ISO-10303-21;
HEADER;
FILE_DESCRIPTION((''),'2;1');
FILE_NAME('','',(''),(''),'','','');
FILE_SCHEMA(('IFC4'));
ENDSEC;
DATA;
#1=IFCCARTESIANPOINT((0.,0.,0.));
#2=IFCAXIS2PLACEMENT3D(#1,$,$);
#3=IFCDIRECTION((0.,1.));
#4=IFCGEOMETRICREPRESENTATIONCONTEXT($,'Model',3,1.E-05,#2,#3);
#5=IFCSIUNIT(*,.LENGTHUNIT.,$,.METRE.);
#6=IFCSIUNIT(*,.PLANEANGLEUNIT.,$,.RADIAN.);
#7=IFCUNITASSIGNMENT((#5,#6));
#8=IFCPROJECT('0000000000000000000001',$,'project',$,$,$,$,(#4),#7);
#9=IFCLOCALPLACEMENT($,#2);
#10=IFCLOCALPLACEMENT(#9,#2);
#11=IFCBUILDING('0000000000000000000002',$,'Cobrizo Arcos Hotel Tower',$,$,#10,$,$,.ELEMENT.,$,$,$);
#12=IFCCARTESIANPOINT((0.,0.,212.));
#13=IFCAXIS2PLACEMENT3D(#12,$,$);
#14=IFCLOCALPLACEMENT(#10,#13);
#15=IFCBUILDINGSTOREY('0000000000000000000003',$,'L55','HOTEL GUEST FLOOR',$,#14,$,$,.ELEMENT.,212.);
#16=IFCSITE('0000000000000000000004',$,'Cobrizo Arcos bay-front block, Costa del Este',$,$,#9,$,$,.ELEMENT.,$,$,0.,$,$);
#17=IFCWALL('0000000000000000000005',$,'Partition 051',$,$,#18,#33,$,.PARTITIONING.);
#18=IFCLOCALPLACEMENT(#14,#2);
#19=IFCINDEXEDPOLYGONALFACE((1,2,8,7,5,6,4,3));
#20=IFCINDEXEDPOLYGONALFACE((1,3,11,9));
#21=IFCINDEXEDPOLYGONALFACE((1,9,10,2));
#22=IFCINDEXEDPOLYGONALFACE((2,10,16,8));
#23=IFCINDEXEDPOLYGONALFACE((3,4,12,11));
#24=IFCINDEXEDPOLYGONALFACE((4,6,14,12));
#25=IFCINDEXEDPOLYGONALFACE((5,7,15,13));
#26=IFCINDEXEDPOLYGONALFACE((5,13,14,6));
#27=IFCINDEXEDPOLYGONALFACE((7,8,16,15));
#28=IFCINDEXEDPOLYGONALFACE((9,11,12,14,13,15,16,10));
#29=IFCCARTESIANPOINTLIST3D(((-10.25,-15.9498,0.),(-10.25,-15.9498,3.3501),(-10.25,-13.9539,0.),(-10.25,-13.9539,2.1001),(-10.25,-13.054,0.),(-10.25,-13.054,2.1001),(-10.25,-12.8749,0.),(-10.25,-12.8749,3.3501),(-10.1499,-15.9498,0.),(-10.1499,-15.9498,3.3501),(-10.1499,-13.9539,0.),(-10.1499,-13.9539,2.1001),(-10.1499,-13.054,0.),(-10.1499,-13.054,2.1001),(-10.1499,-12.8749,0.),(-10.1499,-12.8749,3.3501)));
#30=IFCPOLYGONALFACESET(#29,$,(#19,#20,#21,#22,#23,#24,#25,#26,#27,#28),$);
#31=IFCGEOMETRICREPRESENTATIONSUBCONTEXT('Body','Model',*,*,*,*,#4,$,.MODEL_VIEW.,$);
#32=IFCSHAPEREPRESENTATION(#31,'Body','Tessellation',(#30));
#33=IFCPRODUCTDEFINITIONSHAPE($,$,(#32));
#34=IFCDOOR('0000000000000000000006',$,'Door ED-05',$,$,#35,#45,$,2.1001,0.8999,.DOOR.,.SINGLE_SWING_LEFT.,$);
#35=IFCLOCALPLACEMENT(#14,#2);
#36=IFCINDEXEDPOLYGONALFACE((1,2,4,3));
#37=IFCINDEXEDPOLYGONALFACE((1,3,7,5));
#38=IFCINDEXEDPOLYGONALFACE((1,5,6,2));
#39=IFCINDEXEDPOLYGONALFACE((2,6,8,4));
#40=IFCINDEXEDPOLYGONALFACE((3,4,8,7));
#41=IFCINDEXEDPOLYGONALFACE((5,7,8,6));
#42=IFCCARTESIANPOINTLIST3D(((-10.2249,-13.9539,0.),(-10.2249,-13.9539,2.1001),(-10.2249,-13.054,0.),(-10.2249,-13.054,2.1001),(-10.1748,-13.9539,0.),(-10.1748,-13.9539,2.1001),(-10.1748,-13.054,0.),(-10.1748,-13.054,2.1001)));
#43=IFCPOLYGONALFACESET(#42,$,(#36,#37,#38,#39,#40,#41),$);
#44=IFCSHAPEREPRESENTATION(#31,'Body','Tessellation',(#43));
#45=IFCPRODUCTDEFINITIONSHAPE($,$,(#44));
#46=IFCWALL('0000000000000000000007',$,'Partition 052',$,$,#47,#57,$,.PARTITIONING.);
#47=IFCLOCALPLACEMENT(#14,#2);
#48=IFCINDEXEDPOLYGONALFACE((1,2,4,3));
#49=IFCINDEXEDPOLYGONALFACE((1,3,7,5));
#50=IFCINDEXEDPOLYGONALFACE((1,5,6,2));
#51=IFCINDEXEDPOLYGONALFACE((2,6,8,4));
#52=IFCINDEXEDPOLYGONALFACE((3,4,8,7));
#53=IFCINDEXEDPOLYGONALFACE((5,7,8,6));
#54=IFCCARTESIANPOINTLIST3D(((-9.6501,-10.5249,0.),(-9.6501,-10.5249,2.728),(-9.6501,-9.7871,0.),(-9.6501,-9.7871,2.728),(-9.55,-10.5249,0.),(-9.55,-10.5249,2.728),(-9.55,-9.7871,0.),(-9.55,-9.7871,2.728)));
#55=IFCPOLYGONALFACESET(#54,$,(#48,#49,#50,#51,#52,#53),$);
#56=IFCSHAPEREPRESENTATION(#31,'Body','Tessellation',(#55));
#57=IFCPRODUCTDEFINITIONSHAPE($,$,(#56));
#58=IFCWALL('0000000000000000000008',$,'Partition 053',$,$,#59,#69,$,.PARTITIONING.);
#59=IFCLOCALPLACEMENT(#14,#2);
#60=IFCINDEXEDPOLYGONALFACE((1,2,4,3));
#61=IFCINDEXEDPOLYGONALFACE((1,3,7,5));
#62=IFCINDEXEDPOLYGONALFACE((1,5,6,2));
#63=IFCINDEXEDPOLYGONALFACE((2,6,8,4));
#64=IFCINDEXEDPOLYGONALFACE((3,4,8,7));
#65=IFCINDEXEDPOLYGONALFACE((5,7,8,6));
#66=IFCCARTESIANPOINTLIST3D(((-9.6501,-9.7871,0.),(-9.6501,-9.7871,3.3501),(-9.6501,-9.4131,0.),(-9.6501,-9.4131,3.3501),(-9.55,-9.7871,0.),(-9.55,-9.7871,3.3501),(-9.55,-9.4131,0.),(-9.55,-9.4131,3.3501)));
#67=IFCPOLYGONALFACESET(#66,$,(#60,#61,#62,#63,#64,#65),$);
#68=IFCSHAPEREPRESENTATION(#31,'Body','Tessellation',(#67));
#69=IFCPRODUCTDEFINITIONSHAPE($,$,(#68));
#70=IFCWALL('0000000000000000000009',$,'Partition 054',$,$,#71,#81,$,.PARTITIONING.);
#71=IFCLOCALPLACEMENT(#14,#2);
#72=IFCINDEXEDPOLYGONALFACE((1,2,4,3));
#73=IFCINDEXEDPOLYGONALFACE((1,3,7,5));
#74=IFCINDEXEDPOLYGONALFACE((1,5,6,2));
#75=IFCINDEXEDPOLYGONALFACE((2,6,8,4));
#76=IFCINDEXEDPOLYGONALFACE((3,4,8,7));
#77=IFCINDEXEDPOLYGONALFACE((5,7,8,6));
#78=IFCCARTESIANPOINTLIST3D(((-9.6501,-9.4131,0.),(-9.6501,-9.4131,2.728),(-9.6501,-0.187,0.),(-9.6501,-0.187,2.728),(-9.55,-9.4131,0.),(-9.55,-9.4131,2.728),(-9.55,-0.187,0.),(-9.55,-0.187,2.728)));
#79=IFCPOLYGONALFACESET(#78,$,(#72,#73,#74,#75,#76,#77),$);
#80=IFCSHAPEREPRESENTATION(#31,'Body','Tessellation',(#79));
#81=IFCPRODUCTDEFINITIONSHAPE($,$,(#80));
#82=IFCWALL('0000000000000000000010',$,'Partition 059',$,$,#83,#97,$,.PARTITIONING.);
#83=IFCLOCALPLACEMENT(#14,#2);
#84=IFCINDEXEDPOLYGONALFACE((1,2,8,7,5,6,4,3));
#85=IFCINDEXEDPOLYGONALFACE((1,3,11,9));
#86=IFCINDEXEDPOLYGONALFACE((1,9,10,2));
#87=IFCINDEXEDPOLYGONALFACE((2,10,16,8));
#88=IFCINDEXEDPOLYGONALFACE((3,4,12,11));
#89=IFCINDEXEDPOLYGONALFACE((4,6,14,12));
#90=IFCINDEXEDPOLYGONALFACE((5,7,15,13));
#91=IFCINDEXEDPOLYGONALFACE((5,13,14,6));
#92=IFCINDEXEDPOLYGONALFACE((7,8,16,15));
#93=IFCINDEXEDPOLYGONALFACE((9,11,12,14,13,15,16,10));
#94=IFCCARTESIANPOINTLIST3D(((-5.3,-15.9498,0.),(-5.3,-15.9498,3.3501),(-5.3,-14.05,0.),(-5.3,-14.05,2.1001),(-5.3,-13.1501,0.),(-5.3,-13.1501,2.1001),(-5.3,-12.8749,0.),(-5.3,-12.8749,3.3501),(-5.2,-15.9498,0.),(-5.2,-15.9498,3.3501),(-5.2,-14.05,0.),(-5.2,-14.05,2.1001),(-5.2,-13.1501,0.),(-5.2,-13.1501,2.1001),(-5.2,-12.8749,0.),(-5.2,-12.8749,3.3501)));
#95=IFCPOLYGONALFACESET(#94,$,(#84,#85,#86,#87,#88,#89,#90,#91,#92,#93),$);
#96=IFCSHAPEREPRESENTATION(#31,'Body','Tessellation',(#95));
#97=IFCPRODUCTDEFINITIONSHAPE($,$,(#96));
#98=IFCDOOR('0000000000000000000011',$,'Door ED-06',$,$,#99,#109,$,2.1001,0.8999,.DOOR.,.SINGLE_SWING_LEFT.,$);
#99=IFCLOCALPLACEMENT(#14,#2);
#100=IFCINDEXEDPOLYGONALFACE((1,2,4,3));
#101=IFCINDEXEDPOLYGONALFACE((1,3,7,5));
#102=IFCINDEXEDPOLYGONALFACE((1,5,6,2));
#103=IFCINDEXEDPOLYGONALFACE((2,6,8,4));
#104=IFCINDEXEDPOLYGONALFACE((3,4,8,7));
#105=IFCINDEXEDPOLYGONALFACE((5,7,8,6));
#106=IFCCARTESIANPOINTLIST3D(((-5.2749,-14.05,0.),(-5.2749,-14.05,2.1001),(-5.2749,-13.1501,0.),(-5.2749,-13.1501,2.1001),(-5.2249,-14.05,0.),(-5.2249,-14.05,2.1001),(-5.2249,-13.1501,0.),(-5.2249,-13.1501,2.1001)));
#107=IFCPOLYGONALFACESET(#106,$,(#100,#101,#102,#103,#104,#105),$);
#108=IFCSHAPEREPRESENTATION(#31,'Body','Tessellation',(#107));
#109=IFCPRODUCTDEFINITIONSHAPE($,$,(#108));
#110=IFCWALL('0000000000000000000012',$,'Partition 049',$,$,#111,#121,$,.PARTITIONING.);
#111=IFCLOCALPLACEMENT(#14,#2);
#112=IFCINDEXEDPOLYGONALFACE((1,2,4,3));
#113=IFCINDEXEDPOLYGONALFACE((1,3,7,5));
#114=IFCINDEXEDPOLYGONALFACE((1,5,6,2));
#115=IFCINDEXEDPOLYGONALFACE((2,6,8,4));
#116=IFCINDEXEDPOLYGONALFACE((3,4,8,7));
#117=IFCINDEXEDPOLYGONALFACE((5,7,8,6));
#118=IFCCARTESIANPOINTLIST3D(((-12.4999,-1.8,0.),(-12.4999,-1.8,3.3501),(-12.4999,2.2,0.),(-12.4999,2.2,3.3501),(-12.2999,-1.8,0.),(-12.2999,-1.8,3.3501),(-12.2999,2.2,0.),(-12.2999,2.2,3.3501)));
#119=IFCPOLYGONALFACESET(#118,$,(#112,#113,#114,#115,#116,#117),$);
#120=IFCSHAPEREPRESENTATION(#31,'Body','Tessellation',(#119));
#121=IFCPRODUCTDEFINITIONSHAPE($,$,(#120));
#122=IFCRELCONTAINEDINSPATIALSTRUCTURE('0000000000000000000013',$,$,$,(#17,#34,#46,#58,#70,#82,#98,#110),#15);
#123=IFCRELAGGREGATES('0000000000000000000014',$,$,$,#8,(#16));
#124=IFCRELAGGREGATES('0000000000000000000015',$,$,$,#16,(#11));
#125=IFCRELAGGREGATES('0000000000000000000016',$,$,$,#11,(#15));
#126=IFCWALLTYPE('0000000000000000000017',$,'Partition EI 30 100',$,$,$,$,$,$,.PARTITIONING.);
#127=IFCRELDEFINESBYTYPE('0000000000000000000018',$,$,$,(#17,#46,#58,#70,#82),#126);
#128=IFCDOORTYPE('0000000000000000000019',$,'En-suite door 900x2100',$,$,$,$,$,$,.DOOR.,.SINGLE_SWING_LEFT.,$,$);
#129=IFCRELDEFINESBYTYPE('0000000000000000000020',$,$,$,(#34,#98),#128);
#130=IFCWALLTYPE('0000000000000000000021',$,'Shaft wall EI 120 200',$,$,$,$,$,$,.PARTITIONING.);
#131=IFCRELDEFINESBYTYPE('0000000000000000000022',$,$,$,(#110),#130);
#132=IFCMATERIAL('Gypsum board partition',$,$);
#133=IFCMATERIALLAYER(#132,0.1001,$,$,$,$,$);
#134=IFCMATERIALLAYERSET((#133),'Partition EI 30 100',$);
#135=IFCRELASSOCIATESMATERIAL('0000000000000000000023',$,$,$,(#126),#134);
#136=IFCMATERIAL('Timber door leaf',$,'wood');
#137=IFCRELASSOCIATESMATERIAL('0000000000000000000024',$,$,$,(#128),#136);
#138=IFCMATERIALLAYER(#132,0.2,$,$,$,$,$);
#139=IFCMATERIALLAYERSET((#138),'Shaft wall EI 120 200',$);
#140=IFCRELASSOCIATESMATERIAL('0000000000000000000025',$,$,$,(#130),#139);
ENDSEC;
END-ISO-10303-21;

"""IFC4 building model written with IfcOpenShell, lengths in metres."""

from ifc_helpers import new_model, si_unit, direction, frame, frame_2d, origin, place, context, subcontext, project, spatial, rectangle, extrude, material, layer, layer_set, type_object, element, fill, save


model = new_model("IFC4")

# Units and contexts
model_context = context("Model", 3, precision=1e-05, world=origin(), true_north=direction((0.0, 1.0)))
body_context = subcontext(model_context, "Body", "Model", "MODEL_VIEW")
ifc_project = project(units=[si_unit("LENGTHUNIT", "METRE"), si_unit("PLANEANGLEUNIT", "RADIAN")], contexts=[model_context])

# Site, building, storey
site_placement = place(None, origin())
site = spatial("IfcSite", under=ifc_project, at=site_placement, Name="Cobrizo Arcos bay-front block, Costa del Este", CompositionType="ELEMENT", RefElevation=0.0)
building_placement = place(site_placement, origin())
building = spatial("IfcBuilding", under=site, at=building_placement, Name="Cobrizo Arcos Hotel Tower", CompositionType="ELEMENT")
storey_placement = place(building_placement, frame((0.0, 0.0, 212.0)))
storey = spatial("IfcBuildingStorey", under=building, at=storey_placement, Name="L55", Description="HOTEL GUEST FLOOR", CompositionType="ELEMENT", Elevation=212.0)

# Shared definitions
ifc_material_1 = material(Name="Gypsum board partition")

# Shared definitions
ifc_material_2 = material(Name="Timber door leaf", Category="wood")
ifc_layer_1 = layer(ifc_material_1, 0.1001)
ifc_layer_set_1 = layer_set([ifc_layer_1], Name="Partition EI 30 100")
wall_type_1 = type_object("IfcWallType", Name="Partition EI 30 100", PredefinedType="PARTITIONING", material=ifc_layer_set_1)
door_type_1 = type_object("IfcDoorType", Name="En-suite door 900x2100", OperationType="SINGLE_SWING_LEFT", PredefinedType="DOOR", material=ifc_material_2)

# Wall, opening, door
wall_1_placement = place(storey_placement, frame((-10.2, -15.95, 0.0), z_axis=(0.0, 0.0, 1.0), x_axis=(0.0, 1.0, 0.0)))
wall_1 = element("IfcWall", 1, at=wall_1_placement, inside=storey, type_object=wall_type_1, Name="Partition 051", PredefinedType="PARTITIONING", context=body_context, shape_type="SweptSolid", body=[
    extrude(rectangle(XDim=3.075, YDim=0.1001, at=frame_2d((1.5376, 0.0))), origin(), (0.0, 0.0, 1.0), 3.3501),
])
opening_1_placement = place(wall_1_placement, frame((1.9961, 0.0, 0.0)))
opening_1 = element("IfcOpeningElement", 2, at=opening_1_placement, cuts=wall_1, PredefinedType="OPENING", context=body_context, shape_type="SweptSolid", body=[
    extrude(rectangle(XDim=0.8999, YDim=2.1001, at=frame_2d((0.45, 1.05))), frame((0.0, 0.062, 0.0), z_axis=(0.0, -1.0, 0.0), x_axis=(1.0, 0.0, 0.0)), (0.0, 0.0, 1.0), 0.124),
])
door_1_placement = place(opening_1_placement, origin())
door_1 = element("IfcDoor", 3, at=door_1_placement, inside=storey, type_object=door_type_1, Name="Door ED-05", OperationType="SINGLE_SWING_LEFT", OverallHeight=2.1001, OverallWidth=0.8999, PredefinedType="DOOR", context=body_context, shape_type="SweptSolid", body=[
    extrude(rectangle(XDim=0.8999, YDim=2.1001, at=frame_2d((0.45, 1.05))), frame((0.0, 0.0249, 0.0), z_axis=(0.0, -1.0, 0.0), x_axis=(1.0, 0.0, 0.0)), (0.0, 0.0, 1.0), 0.05),
])
fill(opening_1, door_1)

# Walls
wall_2_placement = place(storey_placement, frame((-9.6001, -10.5249, 0.0), z_axis=(0.0, 0.0, 1.0), x_axis=(0.0, 1.0, 0.0)))
element("IfcWall", 4, at=wall_2_placement, inside=storey, type_object=wall_type_1, Name="Partition 052", PredefinedType="PARTITIONING", context=body_context, shape_type="SweptSolid", body=[
    extrude(rectangle(XDim=0.7378, YDim=0.1001, at=frame_2d((0.3689, 0.0))), origin(), (0.0, 0.0, 1.0), 2.728),
])
wall_3_placement = place(storey_placement, frame((-9.6001, -9.7871, 0.0), z_axis=(0.0, 0.0, 1.0), x_axis=(0.0, 1.0, 0.0)))
element("IfcWall", 5, at=wall_3_placement, inside=storey, type_object=wall_type_1, Name="Partition 053", PredefinedType="PARTITIONING", context=body_context, shape_type="SweptSolid", body=[
    extrude(rectangle(XDim=0.374, YDim=0.1001, at=frame_2d((0.187, 0.0))), origin(), (0.0, 0.0, 1.0), 3.3501),
])
wall_4_placement = place(storey_placement, frame((-9.6001, -9.4131, 0.0), z_axis=(0.0, 0.0, 1.0), x_axis=(0.0, 1.0, 0.0)))
element("IfcWall", 6, at=wall_4_placement, inside=storey, type_object=wall_type_1, Name="Partition 054", PredefinedType="PARTITIONING", context=body_context, shape_type="SweptSolid", body=[
    extrude(rectangle(XDim=9.2261, YDim=0.1001, at=frame_2d((4.613, 0.0))), origin(), (0.0, 0.0, 1.0), 2.728),
])

# Wall, opening, door
wall_5_placement = place(storey_placement, frame((-5.25, -15.95, 0.0), z_axis=(0.0, 0.0, 1.0), x_axis=(0.0, 1.0, 0.0)))
wall_5 = element("IfcWall", 7, at=wall_5_placement, inside=storey, type_object=wall_type_1, Name="Partition 059", PredefinedType="PARTITIONING", context=body_context, shape_type="SweptSolid", body=[
    extrude(rectangle(XDim=3.075, YDim=0.1001, at=frame_2d((1.5376, 0.0))), origin(), (0.0, 0.0, 1.0), 3.3501),
])
opening_2_placement = place(wall_5_placement, frame((1.8999, 0.0, 0.0)))
opening_2 = element("IfcOpeningElement", 8, at=opening_2_placement, cuts=wall_5, PredefinedType="OPENING", context=body_context, shape_type="SweptSolid", body=[
    extrude(rectangle(XDim=0.8999, YDim=2.1001, at=frame_2d((0.45, 1.05))), frame((0.0, 0.062, 0.0), z_axis=(0.0, -1.0, 0.0), x_axis=(1.0, 0.0, 0.0)), (0.0, 0.0, 1.0), 0.124),
])
door_2_placement = place(opening_2_placement, origin())
door_2 = element("IfcDoor", 9, at=door_2_placement, inside=storey, type_object=door_type_1, Name="Door ED-06", OperationType="SINGLE_SWING_LEFT", OverallHeight=2.1001, OverallWidth=0.8999, PredefinedType="DOOR", context=body_context, shape_type="SweptSolid", body=[
    extrude(rectangle(XDim=0.8999, YDim=2.1001, at=frame_2d((0.45, 1.05))), frame((0.0, 0.0249, 0.0), z_axis=(0.0, -1.0, 0.0), x_axis=(1.0, 0.0, 0.0)), (0.0, 0.0, 1.0), 0.05),
])
fill(opening_2, door_2)

# Wall
ifc_layer_2 = layer(ifc_material_1, 0.2)
ifc_layer_set_2 = layer_set([ifc_layer_2], Name="Shaft wall EI 120 200")
wall_type_2 = type_object("IfcWallType", Name="Shaft wall EI 120 200", PredefinedType="PARTITIONING", material=ifc_layer_set_2)
wall_6_placement = place(storey_placement, frame((-12.3999, -1.8, 0.0), z_axis=(0.0, 0.0, 1.0), x_axis=(0.0, 1.0, 0.0)))
element("IfcWall", 10, at=wall_6_placement, inside=storey, type_object=wall_type_2, Name="Partition 049", PredefinedType="PARTITIONING", context=body_context, shape_type="SweptSolid", body=[
    extrude(rectangle(XDim=4.0, YDim=0.2, at=frame_2d((2.0, 0.0))), origin(), (0.0, 0.0, 1.0), 3.3501),
])

save(model, "model.ifc")
